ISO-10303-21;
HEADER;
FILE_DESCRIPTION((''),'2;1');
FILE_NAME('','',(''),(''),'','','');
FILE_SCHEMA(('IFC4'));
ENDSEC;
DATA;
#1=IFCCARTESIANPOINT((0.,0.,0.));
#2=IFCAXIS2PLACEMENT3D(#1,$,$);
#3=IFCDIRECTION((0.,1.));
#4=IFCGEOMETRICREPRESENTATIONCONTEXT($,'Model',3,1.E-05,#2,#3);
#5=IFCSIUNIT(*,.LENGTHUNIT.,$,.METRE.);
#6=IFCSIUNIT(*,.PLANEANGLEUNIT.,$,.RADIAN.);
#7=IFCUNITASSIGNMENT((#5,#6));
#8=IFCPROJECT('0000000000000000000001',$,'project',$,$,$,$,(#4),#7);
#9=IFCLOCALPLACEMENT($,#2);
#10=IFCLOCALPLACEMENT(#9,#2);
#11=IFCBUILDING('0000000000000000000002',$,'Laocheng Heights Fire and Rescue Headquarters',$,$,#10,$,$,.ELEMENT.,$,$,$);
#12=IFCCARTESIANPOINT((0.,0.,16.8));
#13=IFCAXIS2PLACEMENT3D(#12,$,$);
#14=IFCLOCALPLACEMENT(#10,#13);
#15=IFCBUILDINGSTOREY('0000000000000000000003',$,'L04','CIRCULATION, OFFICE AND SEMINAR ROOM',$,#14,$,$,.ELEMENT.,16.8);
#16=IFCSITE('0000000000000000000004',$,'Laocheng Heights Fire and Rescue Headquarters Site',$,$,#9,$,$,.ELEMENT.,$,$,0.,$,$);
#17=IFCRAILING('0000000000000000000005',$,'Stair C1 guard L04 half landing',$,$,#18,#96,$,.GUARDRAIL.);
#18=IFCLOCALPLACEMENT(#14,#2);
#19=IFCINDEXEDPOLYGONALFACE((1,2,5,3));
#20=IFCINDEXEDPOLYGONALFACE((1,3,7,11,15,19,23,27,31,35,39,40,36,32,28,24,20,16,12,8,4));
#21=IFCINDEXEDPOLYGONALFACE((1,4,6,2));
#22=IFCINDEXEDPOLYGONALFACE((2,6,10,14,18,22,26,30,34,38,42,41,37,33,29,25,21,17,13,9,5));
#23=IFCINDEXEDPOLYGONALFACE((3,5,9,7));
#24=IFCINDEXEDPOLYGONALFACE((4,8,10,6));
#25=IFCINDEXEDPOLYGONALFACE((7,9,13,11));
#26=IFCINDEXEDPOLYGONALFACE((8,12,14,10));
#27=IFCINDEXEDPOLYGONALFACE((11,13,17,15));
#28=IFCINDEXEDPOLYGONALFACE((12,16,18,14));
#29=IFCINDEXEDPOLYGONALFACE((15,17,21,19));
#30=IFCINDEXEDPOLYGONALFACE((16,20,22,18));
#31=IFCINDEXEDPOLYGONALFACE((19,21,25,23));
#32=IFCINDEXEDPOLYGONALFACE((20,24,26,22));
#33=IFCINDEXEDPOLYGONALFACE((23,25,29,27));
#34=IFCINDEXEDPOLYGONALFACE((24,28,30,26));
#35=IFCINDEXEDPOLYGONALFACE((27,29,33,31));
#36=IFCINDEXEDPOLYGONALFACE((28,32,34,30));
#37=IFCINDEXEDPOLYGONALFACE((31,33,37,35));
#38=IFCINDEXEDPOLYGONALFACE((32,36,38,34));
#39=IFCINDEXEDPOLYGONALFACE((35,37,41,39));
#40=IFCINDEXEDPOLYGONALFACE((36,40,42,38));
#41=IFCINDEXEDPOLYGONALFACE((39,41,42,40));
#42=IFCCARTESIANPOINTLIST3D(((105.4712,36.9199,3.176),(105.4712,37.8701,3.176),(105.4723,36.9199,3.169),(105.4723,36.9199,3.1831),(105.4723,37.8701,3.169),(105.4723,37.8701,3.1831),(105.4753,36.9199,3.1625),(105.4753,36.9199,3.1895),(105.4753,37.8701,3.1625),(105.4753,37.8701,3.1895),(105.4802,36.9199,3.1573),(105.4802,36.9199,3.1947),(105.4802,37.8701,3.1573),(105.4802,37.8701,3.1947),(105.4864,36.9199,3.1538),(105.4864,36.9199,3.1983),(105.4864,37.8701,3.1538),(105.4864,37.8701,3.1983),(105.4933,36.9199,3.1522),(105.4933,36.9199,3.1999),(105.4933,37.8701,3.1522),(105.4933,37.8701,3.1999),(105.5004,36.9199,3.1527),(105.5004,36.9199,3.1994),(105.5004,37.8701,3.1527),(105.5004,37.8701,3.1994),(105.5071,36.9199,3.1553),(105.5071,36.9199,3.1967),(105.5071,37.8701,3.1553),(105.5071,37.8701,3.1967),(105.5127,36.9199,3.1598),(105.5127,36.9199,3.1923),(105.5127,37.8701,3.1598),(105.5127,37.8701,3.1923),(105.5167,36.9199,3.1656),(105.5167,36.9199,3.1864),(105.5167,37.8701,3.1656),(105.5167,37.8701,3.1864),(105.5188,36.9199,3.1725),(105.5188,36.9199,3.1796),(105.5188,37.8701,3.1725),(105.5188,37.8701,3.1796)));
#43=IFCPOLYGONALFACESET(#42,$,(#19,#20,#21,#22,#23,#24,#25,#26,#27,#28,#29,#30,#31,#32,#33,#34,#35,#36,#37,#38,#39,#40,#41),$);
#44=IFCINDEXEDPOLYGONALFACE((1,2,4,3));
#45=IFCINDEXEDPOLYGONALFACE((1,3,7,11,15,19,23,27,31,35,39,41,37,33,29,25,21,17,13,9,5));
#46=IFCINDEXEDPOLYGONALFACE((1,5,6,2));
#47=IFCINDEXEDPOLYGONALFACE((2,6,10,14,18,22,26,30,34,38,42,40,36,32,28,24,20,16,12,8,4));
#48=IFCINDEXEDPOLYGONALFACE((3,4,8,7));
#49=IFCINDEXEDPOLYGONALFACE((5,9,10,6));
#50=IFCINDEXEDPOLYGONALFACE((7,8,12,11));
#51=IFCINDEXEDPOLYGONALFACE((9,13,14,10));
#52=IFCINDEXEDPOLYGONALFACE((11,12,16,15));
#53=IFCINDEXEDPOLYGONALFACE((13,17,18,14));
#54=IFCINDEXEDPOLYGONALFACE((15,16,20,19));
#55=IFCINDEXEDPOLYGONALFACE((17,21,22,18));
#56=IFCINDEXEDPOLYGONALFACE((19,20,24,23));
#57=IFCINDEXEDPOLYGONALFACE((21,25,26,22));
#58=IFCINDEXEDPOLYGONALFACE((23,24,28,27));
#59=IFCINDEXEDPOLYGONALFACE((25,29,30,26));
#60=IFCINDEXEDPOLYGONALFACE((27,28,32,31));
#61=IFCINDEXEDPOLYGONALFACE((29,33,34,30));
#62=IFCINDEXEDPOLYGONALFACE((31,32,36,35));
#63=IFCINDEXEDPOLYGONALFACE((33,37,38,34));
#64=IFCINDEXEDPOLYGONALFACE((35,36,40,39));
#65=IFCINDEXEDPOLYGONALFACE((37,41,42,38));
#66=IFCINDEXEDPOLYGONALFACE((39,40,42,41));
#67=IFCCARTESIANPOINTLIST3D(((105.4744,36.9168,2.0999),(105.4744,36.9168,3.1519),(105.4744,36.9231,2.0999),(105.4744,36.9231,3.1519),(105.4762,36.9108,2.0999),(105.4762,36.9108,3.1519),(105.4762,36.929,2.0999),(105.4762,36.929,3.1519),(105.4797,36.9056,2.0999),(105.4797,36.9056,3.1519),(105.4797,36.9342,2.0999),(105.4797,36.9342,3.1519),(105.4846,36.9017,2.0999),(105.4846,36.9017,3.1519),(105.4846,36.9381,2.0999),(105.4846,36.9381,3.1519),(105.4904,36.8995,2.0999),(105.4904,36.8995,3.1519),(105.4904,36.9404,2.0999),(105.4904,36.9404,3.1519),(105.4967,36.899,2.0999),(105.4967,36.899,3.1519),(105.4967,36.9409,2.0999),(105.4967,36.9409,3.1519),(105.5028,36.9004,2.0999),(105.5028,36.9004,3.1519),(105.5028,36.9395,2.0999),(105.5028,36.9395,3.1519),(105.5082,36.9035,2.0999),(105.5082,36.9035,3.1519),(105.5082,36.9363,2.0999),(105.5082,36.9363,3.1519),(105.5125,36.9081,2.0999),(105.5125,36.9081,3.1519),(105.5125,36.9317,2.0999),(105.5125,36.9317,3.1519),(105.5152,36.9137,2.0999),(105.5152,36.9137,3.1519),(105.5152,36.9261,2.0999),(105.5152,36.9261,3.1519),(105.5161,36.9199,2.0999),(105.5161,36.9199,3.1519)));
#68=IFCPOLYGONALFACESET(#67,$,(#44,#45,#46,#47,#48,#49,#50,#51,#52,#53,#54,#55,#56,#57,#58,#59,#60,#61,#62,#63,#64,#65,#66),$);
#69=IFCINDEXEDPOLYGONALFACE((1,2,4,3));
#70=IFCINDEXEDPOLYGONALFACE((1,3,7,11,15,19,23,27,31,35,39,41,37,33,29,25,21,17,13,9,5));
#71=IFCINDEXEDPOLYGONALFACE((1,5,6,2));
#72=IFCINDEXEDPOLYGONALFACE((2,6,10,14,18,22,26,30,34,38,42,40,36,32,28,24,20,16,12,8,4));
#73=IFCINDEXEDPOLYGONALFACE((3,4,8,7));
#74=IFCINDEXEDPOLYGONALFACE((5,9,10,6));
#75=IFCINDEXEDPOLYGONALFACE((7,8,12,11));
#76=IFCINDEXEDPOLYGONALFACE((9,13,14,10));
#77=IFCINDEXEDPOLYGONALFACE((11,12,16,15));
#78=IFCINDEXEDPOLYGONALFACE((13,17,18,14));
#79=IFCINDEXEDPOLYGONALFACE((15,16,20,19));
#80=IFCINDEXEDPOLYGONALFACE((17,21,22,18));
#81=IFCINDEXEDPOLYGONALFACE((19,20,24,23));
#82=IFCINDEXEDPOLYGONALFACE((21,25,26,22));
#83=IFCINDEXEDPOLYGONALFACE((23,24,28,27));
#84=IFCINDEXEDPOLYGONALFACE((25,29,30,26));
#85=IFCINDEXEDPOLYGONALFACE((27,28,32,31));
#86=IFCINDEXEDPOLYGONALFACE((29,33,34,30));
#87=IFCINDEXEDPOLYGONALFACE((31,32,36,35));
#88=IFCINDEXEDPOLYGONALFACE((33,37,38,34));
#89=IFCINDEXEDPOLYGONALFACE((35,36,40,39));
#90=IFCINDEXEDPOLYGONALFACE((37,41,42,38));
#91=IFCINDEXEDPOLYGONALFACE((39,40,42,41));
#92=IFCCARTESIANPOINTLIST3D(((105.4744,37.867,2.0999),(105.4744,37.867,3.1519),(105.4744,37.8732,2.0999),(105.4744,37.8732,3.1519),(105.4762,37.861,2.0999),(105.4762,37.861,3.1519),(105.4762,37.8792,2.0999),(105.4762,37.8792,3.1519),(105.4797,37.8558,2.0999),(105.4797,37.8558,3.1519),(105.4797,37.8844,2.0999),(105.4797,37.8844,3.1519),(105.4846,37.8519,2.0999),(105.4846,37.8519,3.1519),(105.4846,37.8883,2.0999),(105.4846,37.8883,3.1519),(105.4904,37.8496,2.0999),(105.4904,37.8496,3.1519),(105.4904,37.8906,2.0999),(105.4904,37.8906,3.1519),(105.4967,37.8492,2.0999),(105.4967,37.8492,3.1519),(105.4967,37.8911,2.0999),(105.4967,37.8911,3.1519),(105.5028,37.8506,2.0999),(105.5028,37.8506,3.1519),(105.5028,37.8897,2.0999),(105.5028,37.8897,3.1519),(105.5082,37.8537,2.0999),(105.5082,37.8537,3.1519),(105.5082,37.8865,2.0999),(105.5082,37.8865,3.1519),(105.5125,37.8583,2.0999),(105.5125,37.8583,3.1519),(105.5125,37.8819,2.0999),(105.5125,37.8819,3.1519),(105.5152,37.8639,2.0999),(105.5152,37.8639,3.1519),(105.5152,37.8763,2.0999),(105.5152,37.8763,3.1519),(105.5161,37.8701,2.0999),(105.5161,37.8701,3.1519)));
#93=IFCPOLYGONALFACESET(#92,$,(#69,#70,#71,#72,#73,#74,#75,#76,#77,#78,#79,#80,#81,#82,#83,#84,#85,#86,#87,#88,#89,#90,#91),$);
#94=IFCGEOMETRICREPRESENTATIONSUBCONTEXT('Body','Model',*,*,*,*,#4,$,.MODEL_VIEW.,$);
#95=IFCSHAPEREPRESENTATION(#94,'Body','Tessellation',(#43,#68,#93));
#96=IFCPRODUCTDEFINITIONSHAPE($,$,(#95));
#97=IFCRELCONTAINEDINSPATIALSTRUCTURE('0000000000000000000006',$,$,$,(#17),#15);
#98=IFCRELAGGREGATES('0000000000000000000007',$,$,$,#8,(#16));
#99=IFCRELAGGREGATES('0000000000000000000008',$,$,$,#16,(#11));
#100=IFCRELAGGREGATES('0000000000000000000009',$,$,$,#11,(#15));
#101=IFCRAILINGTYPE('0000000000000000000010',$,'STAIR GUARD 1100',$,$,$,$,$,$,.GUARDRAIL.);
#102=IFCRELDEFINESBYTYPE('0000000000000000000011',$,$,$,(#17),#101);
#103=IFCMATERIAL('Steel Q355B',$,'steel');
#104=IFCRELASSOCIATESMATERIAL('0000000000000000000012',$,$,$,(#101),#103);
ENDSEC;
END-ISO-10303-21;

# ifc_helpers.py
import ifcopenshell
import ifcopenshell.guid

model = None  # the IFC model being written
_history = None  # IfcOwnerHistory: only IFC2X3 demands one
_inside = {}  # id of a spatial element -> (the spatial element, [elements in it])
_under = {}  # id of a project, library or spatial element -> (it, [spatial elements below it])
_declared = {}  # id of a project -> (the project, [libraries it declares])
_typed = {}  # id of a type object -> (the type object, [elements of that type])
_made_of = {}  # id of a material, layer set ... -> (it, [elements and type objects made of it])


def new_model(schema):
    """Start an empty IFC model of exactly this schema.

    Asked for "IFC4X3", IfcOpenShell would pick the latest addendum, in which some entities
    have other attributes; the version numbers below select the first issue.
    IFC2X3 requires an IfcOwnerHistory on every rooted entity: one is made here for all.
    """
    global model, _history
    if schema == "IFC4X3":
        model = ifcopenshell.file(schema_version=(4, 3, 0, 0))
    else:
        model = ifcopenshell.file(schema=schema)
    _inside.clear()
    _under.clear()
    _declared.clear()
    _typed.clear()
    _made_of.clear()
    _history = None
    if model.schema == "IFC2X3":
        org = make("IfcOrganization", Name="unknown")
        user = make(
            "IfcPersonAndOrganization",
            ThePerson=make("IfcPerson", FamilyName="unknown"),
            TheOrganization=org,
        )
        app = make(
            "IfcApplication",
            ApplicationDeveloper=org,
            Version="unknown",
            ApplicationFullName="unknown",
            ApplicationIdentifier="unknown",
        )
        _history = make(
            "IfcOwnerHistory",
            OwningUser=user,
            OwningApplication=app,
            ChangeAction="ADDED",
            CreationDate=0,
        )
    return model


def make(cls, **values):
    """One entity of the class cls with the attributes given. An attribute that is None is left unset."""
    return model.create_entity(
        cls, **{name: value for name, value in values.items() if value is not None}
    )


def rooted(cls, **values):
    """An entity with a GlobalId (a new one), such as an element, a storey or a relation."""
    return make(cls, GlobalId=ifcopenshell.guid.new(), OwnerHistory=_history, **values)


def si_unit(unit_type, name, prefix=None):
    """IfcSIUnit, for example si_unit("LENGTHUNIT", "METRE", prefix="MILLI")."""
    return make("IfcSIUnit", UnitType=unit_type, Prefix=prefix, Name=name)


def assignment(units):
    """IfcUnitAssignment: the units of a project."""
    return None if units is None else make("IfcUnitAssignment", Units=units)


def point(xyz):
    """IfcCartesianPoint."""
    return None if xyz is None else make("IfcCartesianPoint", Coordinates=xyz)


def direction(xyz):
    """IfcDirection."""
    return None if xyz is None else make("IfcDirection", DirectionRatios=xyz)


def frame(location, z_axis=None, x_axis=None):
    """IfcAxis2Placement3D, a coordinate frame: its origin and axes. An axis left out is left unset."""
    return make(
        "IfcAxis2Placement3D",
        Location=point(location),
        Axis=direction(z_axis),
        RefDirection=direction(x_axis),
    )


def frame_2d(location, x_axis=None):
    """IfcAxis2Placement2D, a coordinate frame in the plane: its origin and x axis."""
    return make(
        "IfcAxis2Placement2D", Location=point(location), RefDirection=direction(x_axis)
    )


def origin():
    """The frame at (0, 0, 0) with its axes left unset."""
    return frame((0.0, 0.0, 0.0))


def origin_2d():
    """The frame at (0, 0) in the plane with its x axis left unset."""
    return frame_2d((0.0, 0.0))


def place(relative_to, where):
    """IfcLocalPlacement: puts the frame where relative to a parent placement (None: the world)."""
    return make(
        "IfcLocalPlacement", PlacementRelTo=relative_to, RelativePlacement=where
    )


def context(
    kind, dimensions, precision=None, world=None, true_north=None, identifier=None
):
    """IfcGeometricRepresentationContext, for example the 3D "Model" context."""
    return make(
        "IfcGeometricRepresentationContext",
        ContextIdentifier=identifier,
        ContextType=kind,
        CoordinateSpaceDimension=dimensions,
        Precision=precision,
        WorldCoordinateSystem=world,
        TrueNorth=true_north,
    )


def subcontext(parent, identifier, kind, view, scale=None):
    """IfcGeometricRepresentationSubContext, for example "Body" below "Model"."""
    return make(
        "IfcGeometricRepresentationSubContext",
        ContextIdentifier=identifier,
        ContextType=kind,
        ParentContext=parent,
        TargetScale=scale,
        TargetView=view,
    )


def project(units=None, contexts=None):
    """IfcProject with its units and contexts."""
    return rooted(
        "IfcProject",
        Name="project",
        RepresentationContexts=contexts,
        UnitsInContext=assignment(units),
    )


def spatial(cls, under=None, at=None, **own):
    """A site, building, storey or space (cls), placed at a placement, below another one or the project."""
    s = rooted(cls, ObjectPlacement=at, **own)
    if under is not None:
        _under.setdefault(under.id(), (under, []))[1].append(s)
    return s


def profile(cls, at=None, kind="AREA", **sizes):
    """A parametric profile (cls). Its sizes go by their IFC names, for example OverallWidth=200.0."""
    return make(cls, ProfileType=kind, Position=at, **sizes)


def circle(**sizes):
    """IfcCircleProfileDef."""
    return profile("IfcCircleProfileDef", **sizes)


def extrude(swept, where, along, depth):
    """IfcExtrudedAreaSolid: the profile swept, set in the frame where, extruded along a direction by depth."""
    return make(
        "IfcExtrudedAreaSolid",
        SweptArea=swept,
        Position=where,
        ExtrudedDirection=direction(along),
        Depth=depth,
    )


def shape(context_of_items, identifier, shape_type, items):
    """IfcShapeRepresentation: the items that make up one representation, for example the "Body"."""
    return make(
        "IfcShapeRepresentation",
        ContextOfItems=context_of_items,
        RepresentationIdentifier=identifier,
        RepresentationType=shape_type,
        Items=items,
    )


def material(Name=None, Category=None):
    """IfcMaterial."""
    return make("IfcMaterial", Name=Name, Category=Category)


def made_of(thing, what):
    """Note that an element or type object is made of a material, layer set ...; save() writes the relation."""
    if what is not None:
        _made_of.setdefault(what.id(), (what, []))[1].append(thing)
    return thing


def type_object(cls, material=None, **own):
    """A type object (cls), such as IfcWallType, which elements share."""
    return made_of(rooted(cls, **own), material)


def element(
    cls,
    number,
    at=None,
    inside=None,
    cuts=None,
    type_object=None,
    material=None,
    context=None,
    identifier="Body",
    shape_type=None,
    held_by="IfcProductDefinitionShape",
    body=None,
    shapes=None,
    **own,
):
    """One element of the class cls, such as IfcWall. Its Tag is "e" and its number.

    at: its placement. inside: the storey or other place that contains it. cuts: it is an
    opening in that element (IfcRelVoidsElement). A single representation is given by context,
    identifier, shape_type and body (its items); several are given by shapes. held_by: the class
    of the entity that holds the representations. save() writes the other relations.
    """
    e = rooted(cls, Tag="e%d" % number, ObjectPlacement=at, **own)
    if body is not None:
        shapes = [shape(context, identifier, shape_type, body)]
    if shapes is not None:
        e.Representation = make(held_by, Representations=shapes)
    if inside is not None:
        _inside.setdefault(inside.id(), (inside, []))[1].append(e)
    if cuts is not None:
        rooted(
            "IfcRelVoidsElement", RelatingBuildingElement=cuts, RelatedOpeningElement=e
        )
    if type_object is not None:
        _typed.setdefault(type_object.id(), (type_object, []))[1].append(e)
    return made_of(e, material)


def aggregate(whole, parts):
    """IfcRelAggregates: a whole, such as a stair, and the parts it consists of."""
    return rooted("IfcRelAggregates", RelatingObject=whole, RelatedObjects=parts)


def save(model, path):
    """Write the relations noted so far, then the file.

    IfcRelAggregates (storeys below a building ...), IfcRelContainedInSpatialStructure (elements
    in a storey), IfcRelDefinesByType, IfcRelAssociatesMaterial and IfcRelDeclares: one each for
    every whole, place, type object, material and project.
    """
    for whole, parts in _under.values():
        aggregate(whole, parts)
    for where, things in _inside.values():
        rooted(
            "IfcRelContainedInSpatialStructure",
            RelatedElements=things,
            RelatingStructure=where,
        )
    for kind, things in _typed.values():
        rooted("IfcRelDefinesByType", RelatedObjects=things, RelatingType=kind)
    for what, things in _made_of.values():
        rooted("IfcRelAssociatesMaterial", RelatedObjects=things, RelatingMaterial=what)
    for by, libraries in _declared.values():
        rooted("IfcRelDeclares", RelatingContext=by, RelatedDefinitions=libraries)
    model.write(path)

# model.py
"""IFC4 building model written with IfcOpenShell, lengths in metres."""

from ifc_helpers import new_model, si_unit, direction, frame, origin, origin_2d, place, context, subcontext, project, spatial, circle, extrude, material, type_object, element, save


model = new_model("IFC4")

# Units and contexts
model_context = context("Model", 3, precision=1e-05, world=origin(), true_north=direction((0.0, 1.0)))
body_context = subcontext(model_context, "Body", "Model", "MODEL_VIEW")
ifc_project = project(units=[si_unit("LENGTHUNIT", "METRE"), si_unit("PLANEANGLEUNIT", "RADIAN")], contexts=[model_context])

# Site, building, storey
site_placement = place(None, origin())
site = spatial("IfcSite", under=ifc_project, at=site_placement, Name="Laocheng Heights Fire and Rescue Headquarters Site", CompositionType="ELEMENT", RefElevation=0.0)
building_placement = place(site_placement, origin())
building = spatial("IfcBuilding", under=site, at=building_placement, Name="Laocheng Heights Fire and Rescue Headquarters", CompositionType="ELEMENT")
storey_placement = place(building_placement, frame((0.0, 0.0, 16.8)))
storey = spatial("IfcBuildingStorey", under=building, at=storey_placement, Name="L04", Description="CIRCULATION, OFFICE AND SEMINAR ROOM", CompositionType="ELEMENT", Elevation=16.8)

# Railing
ifc_material_1 = material(Name="Steel Q355B", Category="steel")
railing_type_1 = type_object("IfcRailingType", Name="STAIR GUARD 1100", PredefinedType="GUARDRAIL", material=ifc_material_1)
railing_1_placement = place(storey_placement, frame((105.4951, 36.9199, 2.0999)))
element("IfcRailing", 1, at=railing_1_placement, inside=storey, type_object=railing_type_1, Name="Stair C1 guard L04 half landing", PredefinedType="GUARDRAIL", context=body_context, shape_type="SweptSolid", body=[
    extrude(circle(Radius=0.0239, at=origin_2d()), frame((0.0, 0.0, 1.0762), z_axis=(0.0, 1.0, 0.0), x_axis=(-1.0, 0.0, 0.0)), (0.0, 0.0, 1.0), 0.9502),
    extrude(circle(Radius=0.021, at=origin_2d()), origin(), (0.0, 0.0, 1.0), 1.052),
    extrude(circle(Radius=0.021, at=origin_2d()), frame((0.0, 0.9502, 0.0)), (0.0, 0.0, 1.0), 1.052),
])

save(model, "model.ifc")
